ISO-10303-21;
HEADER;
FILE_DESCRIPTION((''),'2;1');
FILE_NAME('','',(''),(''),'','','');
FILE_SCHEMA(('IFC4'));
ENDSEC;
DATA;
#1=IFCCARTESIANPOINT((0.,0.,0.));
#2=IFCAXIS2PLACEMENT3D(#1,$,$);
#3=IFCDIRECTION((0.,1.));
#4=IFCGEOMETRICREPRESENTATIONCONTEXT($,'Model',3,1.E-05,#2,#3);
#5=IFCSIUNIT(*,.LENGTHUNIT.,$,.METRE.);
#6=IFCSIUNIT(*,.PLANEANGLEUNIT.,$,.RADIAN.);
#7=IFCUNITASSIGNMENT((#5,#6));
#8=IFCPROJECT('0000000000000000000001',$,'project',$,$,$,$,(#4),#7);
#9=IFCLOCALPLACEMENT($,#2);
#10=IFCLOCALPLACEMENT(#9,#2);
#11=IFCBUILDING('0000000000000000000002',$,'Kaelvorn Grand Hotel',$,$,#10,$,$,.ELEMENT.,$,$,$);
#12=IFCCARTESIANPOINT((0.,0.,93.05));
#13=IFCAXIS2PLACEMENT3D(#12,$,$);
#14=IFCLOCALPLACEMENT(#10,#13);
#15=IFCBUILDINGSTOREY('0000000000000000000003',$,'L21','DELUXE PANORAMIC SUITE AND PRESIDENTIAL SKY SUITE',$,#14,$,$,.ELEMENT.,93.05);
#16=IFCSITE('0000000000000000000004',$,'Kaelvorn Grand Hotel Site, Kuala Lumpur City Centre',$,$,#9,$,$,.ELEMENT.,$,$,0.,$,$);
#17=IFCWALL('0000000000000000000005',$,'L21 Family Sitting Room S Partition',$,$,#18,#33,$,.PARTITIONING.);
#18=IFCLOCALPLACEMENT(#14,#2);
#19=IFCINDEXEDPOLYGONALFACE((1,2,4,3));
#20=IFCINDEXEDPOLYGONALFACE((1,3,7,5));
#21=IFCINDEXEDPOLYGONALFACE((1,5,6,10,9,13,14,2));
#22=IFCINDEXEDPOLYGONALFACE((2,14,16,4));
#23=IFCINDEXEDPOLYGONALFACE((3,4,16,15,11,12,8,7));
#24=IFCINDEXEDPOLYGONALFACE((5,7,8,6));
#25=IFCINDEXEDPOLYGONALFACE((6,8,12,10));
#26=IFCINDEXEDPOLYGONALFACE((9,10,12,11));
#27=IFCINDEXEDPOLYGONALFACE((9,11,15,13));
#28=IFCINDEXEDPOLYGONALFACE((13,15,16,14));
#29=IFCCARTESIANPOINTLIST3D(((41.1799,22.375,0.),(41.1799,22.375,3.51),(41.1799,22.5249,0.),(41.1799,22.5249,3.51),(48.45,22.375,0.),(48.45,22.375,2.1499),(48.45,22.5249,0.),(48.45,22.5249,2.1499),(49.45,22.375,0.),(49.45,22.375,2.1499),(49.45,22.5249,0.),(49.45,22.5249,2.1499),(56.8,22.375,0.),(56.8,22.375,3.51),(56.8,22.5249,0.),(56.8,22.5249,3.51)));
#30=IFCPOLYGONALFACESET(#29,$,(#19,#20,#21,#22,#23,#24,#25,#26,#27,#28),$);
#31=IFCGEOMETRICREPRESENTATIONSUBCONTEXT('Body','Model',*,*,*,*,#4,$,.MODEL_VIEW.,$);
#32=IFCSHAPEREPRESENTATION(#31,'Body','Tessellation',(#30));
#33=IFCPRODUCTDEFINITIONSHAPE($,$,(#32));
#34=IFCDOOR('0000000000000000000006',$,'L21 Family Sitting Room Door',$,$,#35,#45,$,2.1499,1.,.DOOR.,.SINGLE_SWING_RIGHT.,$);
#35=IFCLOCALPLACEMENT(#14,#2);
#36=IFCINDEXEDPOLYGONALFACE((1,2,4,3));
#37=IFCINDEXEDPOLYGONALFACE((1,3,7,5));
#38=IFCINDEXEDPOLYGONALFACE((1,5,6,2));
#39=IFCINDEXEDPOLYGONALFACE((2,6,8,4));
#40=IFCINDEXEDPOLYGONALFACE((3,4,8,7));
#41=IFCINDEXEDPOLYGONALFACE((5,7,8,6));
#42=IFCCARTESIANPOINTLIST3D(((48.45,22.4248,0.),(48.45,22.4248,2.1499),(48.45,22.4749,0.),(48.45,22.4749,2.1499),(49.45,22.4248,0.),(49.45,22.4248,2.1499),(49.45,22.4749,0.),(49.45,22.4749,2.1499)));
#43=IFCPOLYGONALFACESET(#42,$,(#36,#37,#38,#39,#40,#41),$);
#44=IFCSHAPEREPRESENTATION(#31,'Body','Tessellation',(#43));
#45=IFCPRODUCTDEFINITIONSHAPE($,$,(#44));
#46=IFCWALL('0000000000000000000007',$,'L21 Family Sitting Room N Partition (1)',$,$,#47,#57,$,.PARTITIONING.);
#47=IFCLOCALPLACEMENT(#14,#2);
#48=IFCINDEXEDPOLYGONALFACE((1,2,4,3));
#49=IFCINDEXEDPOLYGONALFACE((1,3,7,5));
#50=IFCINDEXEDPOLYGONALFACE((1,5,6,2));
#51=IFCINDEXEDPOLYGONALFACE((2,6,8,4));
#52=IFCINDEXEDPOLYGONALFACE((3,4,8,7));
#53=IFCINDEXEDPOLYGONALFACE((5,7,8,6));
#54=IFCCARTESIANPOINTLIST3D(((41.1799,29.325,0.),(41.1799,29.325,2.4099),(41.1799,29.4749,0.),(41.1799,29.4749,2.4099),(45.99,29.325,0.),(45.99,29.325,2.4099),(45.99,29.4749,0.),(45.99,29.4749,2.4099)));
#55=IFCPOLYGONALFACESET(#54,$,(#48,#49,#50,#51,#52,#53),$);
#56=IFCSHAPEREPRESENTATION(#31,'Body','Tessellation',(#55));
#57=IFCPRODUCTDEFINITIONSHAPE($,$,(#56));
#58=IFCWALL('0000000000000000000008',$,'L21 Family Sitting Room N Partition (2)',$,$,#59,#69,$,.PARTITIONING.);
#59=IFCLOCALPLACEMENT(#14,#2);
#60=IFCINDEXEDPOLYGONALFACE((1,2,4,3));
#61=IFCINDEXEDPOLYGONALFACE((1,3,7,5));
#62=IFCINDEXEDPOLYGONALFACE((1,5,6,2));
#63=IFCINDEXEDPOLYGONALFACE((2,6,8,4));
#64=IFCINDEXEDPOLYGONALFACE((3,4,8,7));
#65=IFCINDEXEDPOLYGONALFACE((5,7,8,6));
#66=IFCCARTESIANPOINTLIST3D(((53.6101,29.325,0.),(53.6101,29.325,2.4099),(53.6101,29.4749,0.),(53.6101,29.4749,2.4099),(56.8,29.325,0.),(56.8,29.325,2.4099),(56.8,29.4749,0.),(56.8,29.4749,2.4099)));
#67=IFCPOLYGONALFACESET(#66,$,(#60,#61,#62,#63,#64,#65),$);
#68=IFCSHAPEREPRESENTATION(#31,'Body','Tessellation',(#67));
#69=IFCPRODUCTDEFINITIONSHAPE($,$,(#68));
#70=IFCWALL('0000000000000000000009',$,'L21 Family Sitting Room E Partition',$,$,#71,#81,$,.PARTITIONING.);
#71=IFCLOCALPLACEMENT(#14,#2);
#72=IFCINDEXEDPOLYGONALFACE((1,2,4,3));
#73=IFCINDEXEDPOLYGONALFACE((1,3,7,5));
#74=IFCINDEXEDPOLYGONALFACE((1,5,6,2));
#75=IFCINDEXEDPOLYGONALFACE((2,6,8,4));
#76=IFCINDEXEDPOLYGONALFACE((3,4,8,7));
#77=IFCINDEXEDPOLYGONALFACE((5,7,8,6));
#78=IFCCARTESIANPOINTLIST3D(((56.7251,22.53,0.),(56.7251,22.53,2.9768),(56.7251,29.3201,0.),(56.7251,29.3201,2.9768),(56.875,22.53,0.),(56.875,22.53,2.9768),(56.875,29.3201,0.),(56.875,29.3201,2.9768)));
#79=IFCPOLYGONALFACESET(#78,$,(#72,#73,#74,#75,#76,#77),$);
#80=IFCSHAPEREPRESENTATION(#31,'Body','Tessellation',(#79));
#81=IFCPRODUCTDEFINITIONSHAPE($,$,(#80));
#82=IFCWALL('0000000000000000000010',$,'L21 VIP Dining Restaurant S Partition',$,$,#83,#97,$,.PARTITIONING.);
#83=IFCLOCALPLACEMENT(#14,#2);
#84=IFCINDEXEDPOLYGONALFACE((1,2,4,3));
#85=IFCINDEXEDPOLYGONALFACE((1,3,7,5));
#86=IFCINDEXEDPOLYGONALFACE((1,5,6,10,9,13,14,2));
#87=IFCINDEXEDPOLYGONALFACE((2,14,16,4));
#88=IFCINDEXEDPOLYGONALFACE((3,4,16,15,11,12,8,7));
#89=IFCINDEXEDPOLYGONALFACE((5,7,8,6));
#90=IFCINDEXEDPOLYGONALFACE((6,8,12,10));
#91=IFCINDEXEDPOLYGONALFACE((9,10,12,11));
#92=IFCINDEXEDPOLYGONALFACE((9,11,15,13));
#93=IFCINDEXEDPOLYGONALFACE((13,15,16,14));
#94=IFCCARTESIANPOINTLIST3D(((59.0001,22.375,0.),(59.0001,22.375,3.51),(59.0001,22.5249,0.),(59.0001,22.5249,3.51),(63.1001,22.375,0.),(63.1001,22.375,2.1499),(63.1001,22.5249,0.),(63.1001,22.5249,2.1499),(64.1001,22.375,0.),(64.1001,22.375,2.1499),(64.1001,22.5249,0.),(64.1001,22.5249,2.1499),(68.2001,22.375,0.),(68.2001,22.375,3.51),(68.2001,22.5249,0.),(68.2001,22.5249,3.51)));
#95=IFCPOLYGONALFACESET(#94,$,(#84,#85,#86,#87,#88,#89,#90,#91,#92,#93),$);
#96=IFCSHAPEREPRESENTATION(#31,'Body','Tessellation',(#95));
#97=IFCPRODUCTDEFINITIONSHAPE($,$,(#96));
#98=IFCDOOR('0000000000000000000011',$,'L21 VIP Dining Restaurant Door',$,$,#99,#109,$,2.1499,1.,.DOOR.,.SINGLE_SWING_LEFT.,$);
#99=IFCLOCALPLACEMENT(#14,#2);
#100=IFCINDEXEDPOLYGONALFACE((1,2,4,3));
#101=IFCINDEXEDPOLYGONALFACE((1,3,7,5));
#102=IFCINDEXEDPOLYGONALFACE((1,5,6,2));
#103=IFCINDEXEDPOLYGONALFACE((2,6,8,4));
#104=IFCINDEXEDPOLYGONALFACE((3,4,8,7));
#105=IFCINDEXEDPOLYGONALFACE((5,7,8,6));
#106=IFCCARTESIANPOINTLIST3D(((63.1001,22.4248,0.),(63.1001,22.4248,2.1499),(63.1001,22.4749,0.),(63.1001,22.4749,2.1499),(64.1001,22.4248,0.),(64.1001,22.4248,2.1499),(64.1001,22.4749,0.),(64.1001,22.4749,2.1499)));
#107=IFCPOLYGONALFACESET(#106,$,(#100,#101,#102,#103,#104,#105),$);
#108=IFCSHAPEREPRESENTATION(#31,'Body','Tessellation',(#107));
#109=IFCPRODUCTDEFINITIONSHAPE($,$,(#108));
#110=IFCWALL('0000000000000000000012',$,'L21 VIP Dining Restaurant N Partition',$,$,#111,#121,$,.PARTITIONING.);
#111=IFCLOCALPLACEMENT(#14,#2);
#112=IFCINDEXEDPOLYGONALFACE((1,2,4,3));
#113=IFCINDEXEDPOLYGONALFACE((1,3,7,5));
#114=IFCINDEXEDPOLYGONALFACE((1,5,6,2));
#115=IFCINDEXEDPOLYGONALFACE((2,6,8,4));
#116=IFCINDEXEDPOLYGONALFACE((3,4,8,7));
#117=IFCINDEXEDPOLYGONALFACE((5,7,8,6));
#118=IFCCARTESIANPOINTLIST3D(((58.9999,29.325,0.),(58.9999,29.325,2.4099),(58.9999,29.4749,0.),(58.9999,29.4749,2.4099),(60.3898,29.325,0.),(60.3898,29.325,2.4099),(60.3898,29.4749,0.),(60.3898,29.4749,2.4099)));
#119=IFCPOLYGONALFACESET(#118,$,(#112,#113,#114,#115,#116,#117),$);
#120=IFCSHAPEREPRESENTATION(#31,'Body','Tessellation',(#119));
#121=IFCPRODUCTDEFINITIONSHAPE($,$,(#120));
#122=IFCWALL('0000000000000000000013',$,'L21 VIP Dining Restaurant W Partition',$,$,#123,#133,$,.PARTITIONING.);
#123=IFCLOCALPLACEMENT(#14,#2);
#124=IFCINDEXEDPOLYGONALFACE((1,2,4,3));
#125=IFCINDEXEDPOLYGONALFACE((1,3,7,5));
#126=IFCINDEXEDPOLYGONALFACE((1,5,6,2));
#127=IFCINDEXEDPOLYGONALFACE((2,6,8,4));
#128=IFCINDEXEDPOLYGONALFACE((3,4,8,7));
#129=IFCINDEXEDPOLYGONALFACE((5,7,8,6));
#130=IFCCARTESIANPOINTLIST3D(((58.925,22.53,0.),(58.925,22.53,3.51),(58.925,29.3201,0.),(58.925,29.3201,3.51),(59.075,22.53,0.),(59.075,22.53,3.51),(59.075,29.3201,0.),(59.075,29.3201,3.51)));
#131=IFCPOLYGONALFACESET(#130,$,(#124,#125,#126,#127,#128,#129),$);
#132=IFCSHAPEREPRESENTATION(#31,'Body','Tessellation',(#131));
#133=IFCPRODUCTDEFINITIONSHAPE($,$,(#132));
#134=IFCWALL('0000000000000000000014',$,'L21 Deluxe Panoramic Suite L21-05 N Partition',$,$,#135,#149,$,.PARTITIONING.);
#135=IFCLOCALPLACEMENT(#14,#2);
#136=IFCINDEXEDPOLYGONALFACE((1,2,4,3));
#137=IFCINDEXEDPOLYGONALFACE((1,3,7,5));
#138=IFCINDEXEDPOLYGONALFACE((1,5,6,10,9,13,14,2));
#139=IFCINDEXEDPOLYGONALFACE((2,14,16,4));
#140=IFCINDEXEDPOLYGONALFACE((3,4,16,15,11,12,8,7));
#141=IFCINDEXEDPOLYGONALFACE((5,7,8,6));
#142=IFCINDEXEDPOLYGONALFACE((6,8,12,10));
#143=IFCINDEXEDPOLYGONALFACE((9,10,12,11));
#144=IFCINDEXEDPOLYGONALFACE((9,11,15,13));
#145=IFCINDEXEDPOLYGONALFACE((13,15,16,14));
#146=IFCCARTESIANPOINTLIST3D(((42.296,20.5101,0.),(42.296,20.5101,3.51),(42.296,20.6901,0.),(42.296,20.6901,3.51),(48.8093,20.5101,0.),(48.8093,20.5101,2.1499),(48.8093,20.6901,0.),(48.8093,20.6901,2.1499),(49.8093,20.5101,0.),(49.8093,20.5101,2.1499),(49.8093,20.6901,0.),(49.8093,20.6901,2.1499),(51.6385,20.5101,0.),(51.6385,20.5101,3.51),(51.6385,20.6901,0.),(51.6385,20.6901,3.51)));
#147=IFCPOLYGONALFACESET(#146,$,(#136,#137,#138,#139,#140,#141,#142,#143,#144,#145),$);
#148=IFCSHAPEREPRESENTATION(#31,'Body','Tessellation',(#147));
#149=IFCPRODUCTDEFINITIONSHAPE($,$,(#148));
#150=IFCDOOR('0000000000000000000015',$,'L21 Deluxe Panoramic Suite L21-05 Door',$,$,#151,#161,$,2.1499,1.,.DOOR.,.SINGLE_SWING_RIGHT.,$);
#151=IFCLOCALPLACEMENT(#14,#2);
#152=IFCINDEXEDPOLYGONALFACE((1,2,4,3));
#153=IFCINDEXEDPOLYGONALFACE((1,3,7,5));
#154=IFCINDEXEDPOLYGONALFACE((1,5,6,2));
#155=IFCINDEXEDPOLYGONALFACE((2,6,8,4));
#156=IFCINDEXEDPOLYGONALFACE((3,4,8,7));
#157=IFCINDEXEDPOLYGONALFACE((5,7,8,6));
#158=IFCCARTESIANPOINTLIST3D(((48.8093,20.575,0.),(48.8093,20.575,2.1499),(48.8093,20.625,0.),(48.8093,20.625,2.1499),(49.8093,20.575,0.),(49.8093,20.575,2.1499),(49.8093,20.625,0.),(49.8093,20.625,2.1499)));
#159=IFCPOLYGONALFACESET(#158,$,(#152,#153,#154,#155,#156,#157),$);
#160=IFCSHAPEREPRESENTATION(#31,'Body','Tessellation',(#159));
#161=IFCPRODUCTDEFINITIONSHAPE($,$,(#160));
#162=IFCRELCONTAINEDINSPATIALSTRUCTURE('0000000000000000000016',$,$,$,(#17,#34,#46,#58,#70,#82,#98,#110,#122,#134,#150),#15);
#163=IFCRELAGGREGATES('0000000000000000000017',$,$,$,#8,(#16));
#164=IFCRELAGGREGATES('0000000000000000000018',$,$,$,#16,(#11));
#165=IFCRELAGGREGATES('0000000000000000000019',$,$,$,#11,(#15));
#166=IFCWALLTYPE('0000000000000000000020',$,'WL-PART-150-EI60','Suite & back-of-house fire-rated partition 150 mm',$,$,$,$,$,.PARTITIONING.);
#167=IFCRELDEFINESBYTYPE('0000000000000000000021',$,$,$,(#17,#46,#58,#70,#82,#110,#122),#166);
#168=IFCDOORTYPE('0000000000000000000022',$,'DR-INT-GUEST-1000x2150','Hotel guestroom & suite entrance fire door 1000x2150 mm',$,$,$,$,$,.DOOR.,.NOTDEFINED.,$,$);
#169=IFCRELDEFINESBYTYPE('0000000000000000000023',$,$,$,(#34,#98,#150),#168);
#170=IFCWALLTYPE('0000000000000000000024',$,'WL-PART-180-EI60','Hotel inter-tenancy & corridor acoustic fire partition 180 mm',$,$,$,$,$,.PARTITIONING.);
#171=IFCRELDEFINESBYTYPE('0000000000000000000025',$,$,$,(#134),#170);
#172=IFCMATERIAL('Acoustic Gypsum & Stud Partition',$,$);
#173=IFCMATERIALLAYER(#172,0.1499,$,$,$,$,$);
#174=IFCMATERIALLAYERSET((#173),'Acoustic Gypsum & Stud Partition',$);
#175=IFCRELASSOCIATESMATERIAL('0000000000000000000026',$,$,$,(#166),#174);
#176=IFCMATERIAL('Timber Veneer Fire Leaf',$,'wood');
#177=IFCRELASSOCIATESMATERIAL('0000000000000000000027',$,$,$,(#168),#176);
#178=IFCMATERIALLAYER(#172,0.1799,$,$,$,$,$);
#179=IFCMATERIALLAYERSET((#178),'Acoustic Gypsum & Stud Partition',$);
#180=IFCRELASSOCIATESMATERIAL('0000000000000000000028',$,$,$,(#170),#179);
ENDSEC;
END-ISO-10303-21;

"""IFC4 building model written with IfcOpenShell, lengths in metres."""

from ifc_helpers import new_model, si_unit, direction, frame, frame_2d, origin, place, context, subcontext, project, spatial, rectangle, extrude, material, layer, layer_set, type_object, element, fill, save


model = new_model("IFC4")

# Units and contexts
model_context = context("Model", 3, precision=1e-05, world=origin(), true_north=direction((0.0, 1.0)))
body_context = subcontext(model_context, "Body", "Model", "MODEL_VIEW")
ifc_project = project(units=[si_unit("LENGTHUNIT", "METRE"), si_unit("PLANEANGLEUNIT", "RADIAN")], contexts=[model_context])

# Site, building, storey
site_placement = place(None, origin())
site = spatial("IfcSite", under=ifc_project, at=site_placement, Name="Kaelvorn Grand Hotel Site, Kuala Lumpur City Centre", CompositionType="ELEMENT", RefElevation=0.0)
building_placement = place(site_placement, origin())
building = spatial("IfcBuilding", under=site, at=building_placement, Name="Kaelvorn Grand Hotel", CompositionType="ELEMENT")
storey_placement = place(building_placement, frame((0.0, 0.0, 93.05)))
storey = spatial("IfcBuildingStorey", under=building, at=storey_placement, Name="L21", Description="DELUXE PANORAMIC SUITE AND PRESIDENTIAL SKY SUITE", CompositionType="ELEMENT", Elevation=93.05)

# Wall, opening, door
ifc_material_1 = material(Name="Acoustic Gypsum & Stud Partition")
ifc_layer_1 = layer(ifc_material_1, 0.1499)
ifc_layer_set_1 = layer_set([ifc_layer_1], Name="Acoustic Gypsum & Stud Partition")
wall_type_1 = type_object("IfcWallType", Name="WL-PART-150-EI60", Description="Suite & back-of-house fire-rated partition 150 mm", PredefinedType="PARTITIONING", material=ifc_layer_set_1)
wall_1_placement = place(storey_placement, frame((41.1799, 22.45, 0.0), z_axis=(0.0, 0.0, 1.0), x_axis=(1.0, 0.0, 0.0)))
wall_1 = element("IfcWall", 1, at=wall_1_placement, inside=storey, type_object=wall_type_1, Name="L21 Family Sitting Room S Partition", PredefinedType="PARTITIONING", context=body_context, shape_type="SweptSolid", body=[
    extrude(rectangle(XDim=15.6201, YDim=0.1499, at=frame_2d((7.8101, 0.0))), origin(), (0.0, 0.0, 1.0), 3.51),
])
opening_1_placement = place(wall_1_placement, frame((7.27, 0.0, 0.0)))
opening_1 = element("IfcOpeningElement", 2, at=opening_1_placement, cuts=wall_1, PredefinedType="OPENING", context=body_context, shape_type="SweptSolid", body=[
    extrude(rectangle(XDim=1.0, YDim=2.1499, at=frame_2d((0.5, 1.075))), frame((0.0, 0.085, 0.0), z_axis=(0.0, -1.0, 0.0), x_axis=(1.0, 0.0, 0.0)), (0.0, 0.0, 1.0), 0.1699),
])
ifc_material_2 = material(Name="Timber Veneer Fire Leaf", Category="wood")
door_type_1 = type_object("IfcDoorType", Name="DR-INT-GUEST-1000x2150", Description="Hotel guestroom & suite entrance fire door 1000x2150 mm", OperationType="NOTDEFINED", PredefinedType="DOOR", material=ifc_material_2)
door_1_placement = place(opening_1_placement, origin())
door_1 = element("IfcDoor", 3, at=door_1_placement, inside=storey, type_object=door_type_1, Name="L21 Family Sitting Room Door", OperationType="SINGLE_SWING_RIGHT", OverallHeight=2.1499, OverallWidth=1.0, PredefinedType="DOOR", context=body_context, shape_type="SweptSolid", body=[
    extrude(rectangle(XDim=1.0, YDim=2.1499, at=frame_2d((0.5, 1.075))), frame((0.0, 0.0249, 0.0), z_axis=(0.0, -1.0, 0.0), x_axis=(1.0, 0.0, 0.0)), (0.0, 0.0, 1.0), 0.05),
])
fill(opening_1, door_1)

# Walls
wall_2_placement = place(storey_placement, frame((41.1799, 29.3999, 0.0), z_axis=(0.0, 0.0, 1.0), x_axis=(1.0, 0.0, 0.0)))
element("IfcWall", 4, at=wall_2_placement, inside=storey, type_object=wall_type_1, Name="L21 Family Sitting Room N Partition (1)", PredefinedType="PARTITIONING", context=body_context, shape_type="SweptSolid", body=[
    extrude(rectangle(XDim=4.8101, YDim=0.1499, at=frame_2d((2.405, 0.0))), origin(), (0.0, 0.0, 1.0), 2.4099),
])
wall_3_placement = place(storey_placement, frame((53.6101, 29.3999, 0.0), z_axis=(0.0, 0.0, 1.0), x_axis=(1.0, 0.0, 0.0)))
element("IfcWall", 5, at=wall_3_placement, inside=storey, type_object=wall_type_1, Name="L21 Family Sitting Room N Partition (2)", PredefinedType="PARTITIONING", context=body_context, shape_type="SweptSolid", body=[
    extrude(rectangle(XDim=3.1899, YDim=0.1499, at=frame_2d((1.595, 0.0))), origin(), (0.0, 0.0, 1.0), 2.4099),
])
wall_4_placement = place(storey_placement, frame((56.8, 22.53, 0.0), z_axis=(0.0, 0.0, 1.0), x_axis=(0.0, 1.0, 0.0)))
element("IfcWall", 6, at=wall_4_placement, inside=storey, type_object=wall_type_1, Name="L21 Family Sitting Room E Partition", PredefinedType="PARTITIONING", context=body_context, shape_type="SweptSolid", body=[
    extrude(rectangle(XDim=6.79, YDim=0.1499, at=frame_2d((3.395, 0.0))), origin(), (0.0, 0.0, 1.0), 2.9768),
])

# Wall, opening, door
wall_5_placement = place(storey_placement, frame((59.0, 22.45, 0.0), z_axis=(0.0, 0.0, 1.0), x_axis=(1.0, 0.0, 0.0)))
wall_5 = element("IfcWall", 7, at=wall_5_placement, inside=storey, type_object=wall_type_1, Name="L21 VIP Dining Restaurant S Partition", PredefinedType="PARTITIONING", context=body_context, shape_type="SweptSolid", body=[
    extrude(rectangle(XDim=9.2, YDim=0.1499, at=frame_2d((4.6001, 0.0))), origin(), (0.0, 0.0, 1.0), 3.51),
])
opening_2_placement = place(wall_5_placement, frame((4.1001, 0.0, 0.0)))
opening_2 = element("IfcOpeningElement", 8, at=opening_2_placement, cuts=wall_5, PredefinedType="OPENING", context=body_context, shape_type="SweptSolid", body=[
    extrude(rectangle(XDim=1.0, YDim=2.1499, at=frame_2d((0.5, 1.075))), frame((0.0, 0.085, 0.0), z_axis=(0.0, -1.0, 0.0), x_axis=(1.0, 0.0, 0.0)), (0.0, 0.0, 1.0), 0.1699),
])
door_2_placement = place(opening_2_placement, origin())
door_2 = element("IfcDoor", 9, at=door_2_placement, inside=storey, type_object=door_type_1, Name="L21 VIP Dining Restaurant Door", OperationType="SINGLE_SWING_LEFT", OverallHeight=2.1499, OverallWidth=1.0, PredefinedType="DOOR", context=body_context, shape_type="SweptSolid", body=[
    extrude(rectangle(XDim=1.0, YDim=2.1499, at=frame_2d((0.5, 1.075))), frame((0.0, 0.0249, 0.0), z_axis=(0.0, -1.0, 0.0), x_axis=(1.0, 0.0, 0.0)), (0.0, 0.0, 1.0), 0.05),
])
fill(opening_2, door_2)

# Walls
wall_6_placement = place(storey_placement, frame((59.0, 29.3999, 0.0), z_axis=(0.0, 0.0, 1.0), x_axis=(1.0, 0.0, 0.0)))
element("IfcWall", 10, at=wall_6_placement, inside=storey, type_object=wall_type_1, Name="L21 VIP Dining Restaurant N Partition", PredefinedType="PARTITIONING", context=body_context, shape_type="SweptSolid", body=[
    extrude(rectangle(XDim=1.3899, YDim=0.1499, at=frame_2d((0.6948, 0.0))), origin(), (0.0, 0.0, 1.0), 2.4099),
])
wall_7_placement = place(storey_placement, frame((59.0, 22.53, 0.0), z_axis=(0.0, 0.0, 1.0), x_axis=(0.0, 1.0, 0.0)))
element("IfcWall", 11, at=wall_7_placement, inside=storey, type_object=wall_type_1, Name="L21 VIP Dining Restaurant W Partition", PredefinedType="PARTITIONING", context=body_context, shape_type="SweptSolid", body=[
    extrude(rectangle(XDim=6.79, YDim=0.1499, at=frame_2d((3.395, 0.0))), origin(), (0.0, 0.0, 1.0), 3.51),
])

# Wall, opening, door
ifc_layer_2 = layer(ifc_material_1, 0.1799)
ifc_layer_set_2 = layer_set([ifc_layer_2], Name="Acoustic Gypsum & Stud Partition")
wall_type_2 = type_object("IfcWallType", Name="WL-PART-180-EI60", Description="Hotel inter-tenancy & corridor acoustic fire partition 180 mm", PredefinedType="PARTITIONING", material=ifc_layer_set_2)
wall_8_placement = place(storey_placement, frame((42.2959, 20.6001, 0.0), z_axis=(0.0, 0.0, 1.0), x_axis=(1.0, 0.0, 0.0)))
wall_8 = element("IfcWall", 12, at=wall_8_placement, inside=storey, type_object=wall_type_2, Name="L21 Deluxe Panoramic Suite L21-05 N Partition", PredefinedType="PARTITIONING", context=body_context, shape_type="SweptSolid", body=[
    extrude(rectangle(XDim=9.3425, YDim=0.1799, at=frame_2d((4.6714, 0.0))), origin(), (0.0, 0.0, 1.0), 3.51),
])
opening_3_placement = place(wall_8_placement, frame((6.5134, 0.0, 0.0)))
opening_3 = element("IfcOpeningElement", 13, at=opening_3_placement, cuts=wall_8, PredefinedType="OPENING", context=body_context, shape_type="SweptSolid", body=[
    extrude(rectangle(XDim=1.0, YDim=2.1499, at=frame_2d((0.5, 1.075))), frame((0.0, 0.1001, 0.0), z_axis=(0.0, -1.0, 0.0), x_axis=(1.0, 0.0, 0.0)), (0.0, 0.0, 1.0), 0.2),
])
door_3_placement = place(opening_3_placement, origin())
door_3 = element("IfcDoor", 14, at=door_3_placement, inside=storey, type_object=door_type_1, Name="L21 Deluxe Panoramic Suite L21-05 Door", OperationType="SINGLE_SWING_RIGHT", OverallHeight=2.1499, OverallWidth=1.0, PredefinedType="DOOR", context=body_context, shape_type="SweptSolid", body=[
    extrude(rectangle(XDim=1.0, YDim=2.1499, at=frame_2d((0.5, 1.075))), frame((0.0, 0.0249, 0.0), z_axis=(0.0, -1.0, 0.0), x_axis=(1.0, 0.0, 0.0)), (0.0, 0.0, 1.0), 0.05),
])
fill(opening_3, door_3)

save(model, "model.ifc")
